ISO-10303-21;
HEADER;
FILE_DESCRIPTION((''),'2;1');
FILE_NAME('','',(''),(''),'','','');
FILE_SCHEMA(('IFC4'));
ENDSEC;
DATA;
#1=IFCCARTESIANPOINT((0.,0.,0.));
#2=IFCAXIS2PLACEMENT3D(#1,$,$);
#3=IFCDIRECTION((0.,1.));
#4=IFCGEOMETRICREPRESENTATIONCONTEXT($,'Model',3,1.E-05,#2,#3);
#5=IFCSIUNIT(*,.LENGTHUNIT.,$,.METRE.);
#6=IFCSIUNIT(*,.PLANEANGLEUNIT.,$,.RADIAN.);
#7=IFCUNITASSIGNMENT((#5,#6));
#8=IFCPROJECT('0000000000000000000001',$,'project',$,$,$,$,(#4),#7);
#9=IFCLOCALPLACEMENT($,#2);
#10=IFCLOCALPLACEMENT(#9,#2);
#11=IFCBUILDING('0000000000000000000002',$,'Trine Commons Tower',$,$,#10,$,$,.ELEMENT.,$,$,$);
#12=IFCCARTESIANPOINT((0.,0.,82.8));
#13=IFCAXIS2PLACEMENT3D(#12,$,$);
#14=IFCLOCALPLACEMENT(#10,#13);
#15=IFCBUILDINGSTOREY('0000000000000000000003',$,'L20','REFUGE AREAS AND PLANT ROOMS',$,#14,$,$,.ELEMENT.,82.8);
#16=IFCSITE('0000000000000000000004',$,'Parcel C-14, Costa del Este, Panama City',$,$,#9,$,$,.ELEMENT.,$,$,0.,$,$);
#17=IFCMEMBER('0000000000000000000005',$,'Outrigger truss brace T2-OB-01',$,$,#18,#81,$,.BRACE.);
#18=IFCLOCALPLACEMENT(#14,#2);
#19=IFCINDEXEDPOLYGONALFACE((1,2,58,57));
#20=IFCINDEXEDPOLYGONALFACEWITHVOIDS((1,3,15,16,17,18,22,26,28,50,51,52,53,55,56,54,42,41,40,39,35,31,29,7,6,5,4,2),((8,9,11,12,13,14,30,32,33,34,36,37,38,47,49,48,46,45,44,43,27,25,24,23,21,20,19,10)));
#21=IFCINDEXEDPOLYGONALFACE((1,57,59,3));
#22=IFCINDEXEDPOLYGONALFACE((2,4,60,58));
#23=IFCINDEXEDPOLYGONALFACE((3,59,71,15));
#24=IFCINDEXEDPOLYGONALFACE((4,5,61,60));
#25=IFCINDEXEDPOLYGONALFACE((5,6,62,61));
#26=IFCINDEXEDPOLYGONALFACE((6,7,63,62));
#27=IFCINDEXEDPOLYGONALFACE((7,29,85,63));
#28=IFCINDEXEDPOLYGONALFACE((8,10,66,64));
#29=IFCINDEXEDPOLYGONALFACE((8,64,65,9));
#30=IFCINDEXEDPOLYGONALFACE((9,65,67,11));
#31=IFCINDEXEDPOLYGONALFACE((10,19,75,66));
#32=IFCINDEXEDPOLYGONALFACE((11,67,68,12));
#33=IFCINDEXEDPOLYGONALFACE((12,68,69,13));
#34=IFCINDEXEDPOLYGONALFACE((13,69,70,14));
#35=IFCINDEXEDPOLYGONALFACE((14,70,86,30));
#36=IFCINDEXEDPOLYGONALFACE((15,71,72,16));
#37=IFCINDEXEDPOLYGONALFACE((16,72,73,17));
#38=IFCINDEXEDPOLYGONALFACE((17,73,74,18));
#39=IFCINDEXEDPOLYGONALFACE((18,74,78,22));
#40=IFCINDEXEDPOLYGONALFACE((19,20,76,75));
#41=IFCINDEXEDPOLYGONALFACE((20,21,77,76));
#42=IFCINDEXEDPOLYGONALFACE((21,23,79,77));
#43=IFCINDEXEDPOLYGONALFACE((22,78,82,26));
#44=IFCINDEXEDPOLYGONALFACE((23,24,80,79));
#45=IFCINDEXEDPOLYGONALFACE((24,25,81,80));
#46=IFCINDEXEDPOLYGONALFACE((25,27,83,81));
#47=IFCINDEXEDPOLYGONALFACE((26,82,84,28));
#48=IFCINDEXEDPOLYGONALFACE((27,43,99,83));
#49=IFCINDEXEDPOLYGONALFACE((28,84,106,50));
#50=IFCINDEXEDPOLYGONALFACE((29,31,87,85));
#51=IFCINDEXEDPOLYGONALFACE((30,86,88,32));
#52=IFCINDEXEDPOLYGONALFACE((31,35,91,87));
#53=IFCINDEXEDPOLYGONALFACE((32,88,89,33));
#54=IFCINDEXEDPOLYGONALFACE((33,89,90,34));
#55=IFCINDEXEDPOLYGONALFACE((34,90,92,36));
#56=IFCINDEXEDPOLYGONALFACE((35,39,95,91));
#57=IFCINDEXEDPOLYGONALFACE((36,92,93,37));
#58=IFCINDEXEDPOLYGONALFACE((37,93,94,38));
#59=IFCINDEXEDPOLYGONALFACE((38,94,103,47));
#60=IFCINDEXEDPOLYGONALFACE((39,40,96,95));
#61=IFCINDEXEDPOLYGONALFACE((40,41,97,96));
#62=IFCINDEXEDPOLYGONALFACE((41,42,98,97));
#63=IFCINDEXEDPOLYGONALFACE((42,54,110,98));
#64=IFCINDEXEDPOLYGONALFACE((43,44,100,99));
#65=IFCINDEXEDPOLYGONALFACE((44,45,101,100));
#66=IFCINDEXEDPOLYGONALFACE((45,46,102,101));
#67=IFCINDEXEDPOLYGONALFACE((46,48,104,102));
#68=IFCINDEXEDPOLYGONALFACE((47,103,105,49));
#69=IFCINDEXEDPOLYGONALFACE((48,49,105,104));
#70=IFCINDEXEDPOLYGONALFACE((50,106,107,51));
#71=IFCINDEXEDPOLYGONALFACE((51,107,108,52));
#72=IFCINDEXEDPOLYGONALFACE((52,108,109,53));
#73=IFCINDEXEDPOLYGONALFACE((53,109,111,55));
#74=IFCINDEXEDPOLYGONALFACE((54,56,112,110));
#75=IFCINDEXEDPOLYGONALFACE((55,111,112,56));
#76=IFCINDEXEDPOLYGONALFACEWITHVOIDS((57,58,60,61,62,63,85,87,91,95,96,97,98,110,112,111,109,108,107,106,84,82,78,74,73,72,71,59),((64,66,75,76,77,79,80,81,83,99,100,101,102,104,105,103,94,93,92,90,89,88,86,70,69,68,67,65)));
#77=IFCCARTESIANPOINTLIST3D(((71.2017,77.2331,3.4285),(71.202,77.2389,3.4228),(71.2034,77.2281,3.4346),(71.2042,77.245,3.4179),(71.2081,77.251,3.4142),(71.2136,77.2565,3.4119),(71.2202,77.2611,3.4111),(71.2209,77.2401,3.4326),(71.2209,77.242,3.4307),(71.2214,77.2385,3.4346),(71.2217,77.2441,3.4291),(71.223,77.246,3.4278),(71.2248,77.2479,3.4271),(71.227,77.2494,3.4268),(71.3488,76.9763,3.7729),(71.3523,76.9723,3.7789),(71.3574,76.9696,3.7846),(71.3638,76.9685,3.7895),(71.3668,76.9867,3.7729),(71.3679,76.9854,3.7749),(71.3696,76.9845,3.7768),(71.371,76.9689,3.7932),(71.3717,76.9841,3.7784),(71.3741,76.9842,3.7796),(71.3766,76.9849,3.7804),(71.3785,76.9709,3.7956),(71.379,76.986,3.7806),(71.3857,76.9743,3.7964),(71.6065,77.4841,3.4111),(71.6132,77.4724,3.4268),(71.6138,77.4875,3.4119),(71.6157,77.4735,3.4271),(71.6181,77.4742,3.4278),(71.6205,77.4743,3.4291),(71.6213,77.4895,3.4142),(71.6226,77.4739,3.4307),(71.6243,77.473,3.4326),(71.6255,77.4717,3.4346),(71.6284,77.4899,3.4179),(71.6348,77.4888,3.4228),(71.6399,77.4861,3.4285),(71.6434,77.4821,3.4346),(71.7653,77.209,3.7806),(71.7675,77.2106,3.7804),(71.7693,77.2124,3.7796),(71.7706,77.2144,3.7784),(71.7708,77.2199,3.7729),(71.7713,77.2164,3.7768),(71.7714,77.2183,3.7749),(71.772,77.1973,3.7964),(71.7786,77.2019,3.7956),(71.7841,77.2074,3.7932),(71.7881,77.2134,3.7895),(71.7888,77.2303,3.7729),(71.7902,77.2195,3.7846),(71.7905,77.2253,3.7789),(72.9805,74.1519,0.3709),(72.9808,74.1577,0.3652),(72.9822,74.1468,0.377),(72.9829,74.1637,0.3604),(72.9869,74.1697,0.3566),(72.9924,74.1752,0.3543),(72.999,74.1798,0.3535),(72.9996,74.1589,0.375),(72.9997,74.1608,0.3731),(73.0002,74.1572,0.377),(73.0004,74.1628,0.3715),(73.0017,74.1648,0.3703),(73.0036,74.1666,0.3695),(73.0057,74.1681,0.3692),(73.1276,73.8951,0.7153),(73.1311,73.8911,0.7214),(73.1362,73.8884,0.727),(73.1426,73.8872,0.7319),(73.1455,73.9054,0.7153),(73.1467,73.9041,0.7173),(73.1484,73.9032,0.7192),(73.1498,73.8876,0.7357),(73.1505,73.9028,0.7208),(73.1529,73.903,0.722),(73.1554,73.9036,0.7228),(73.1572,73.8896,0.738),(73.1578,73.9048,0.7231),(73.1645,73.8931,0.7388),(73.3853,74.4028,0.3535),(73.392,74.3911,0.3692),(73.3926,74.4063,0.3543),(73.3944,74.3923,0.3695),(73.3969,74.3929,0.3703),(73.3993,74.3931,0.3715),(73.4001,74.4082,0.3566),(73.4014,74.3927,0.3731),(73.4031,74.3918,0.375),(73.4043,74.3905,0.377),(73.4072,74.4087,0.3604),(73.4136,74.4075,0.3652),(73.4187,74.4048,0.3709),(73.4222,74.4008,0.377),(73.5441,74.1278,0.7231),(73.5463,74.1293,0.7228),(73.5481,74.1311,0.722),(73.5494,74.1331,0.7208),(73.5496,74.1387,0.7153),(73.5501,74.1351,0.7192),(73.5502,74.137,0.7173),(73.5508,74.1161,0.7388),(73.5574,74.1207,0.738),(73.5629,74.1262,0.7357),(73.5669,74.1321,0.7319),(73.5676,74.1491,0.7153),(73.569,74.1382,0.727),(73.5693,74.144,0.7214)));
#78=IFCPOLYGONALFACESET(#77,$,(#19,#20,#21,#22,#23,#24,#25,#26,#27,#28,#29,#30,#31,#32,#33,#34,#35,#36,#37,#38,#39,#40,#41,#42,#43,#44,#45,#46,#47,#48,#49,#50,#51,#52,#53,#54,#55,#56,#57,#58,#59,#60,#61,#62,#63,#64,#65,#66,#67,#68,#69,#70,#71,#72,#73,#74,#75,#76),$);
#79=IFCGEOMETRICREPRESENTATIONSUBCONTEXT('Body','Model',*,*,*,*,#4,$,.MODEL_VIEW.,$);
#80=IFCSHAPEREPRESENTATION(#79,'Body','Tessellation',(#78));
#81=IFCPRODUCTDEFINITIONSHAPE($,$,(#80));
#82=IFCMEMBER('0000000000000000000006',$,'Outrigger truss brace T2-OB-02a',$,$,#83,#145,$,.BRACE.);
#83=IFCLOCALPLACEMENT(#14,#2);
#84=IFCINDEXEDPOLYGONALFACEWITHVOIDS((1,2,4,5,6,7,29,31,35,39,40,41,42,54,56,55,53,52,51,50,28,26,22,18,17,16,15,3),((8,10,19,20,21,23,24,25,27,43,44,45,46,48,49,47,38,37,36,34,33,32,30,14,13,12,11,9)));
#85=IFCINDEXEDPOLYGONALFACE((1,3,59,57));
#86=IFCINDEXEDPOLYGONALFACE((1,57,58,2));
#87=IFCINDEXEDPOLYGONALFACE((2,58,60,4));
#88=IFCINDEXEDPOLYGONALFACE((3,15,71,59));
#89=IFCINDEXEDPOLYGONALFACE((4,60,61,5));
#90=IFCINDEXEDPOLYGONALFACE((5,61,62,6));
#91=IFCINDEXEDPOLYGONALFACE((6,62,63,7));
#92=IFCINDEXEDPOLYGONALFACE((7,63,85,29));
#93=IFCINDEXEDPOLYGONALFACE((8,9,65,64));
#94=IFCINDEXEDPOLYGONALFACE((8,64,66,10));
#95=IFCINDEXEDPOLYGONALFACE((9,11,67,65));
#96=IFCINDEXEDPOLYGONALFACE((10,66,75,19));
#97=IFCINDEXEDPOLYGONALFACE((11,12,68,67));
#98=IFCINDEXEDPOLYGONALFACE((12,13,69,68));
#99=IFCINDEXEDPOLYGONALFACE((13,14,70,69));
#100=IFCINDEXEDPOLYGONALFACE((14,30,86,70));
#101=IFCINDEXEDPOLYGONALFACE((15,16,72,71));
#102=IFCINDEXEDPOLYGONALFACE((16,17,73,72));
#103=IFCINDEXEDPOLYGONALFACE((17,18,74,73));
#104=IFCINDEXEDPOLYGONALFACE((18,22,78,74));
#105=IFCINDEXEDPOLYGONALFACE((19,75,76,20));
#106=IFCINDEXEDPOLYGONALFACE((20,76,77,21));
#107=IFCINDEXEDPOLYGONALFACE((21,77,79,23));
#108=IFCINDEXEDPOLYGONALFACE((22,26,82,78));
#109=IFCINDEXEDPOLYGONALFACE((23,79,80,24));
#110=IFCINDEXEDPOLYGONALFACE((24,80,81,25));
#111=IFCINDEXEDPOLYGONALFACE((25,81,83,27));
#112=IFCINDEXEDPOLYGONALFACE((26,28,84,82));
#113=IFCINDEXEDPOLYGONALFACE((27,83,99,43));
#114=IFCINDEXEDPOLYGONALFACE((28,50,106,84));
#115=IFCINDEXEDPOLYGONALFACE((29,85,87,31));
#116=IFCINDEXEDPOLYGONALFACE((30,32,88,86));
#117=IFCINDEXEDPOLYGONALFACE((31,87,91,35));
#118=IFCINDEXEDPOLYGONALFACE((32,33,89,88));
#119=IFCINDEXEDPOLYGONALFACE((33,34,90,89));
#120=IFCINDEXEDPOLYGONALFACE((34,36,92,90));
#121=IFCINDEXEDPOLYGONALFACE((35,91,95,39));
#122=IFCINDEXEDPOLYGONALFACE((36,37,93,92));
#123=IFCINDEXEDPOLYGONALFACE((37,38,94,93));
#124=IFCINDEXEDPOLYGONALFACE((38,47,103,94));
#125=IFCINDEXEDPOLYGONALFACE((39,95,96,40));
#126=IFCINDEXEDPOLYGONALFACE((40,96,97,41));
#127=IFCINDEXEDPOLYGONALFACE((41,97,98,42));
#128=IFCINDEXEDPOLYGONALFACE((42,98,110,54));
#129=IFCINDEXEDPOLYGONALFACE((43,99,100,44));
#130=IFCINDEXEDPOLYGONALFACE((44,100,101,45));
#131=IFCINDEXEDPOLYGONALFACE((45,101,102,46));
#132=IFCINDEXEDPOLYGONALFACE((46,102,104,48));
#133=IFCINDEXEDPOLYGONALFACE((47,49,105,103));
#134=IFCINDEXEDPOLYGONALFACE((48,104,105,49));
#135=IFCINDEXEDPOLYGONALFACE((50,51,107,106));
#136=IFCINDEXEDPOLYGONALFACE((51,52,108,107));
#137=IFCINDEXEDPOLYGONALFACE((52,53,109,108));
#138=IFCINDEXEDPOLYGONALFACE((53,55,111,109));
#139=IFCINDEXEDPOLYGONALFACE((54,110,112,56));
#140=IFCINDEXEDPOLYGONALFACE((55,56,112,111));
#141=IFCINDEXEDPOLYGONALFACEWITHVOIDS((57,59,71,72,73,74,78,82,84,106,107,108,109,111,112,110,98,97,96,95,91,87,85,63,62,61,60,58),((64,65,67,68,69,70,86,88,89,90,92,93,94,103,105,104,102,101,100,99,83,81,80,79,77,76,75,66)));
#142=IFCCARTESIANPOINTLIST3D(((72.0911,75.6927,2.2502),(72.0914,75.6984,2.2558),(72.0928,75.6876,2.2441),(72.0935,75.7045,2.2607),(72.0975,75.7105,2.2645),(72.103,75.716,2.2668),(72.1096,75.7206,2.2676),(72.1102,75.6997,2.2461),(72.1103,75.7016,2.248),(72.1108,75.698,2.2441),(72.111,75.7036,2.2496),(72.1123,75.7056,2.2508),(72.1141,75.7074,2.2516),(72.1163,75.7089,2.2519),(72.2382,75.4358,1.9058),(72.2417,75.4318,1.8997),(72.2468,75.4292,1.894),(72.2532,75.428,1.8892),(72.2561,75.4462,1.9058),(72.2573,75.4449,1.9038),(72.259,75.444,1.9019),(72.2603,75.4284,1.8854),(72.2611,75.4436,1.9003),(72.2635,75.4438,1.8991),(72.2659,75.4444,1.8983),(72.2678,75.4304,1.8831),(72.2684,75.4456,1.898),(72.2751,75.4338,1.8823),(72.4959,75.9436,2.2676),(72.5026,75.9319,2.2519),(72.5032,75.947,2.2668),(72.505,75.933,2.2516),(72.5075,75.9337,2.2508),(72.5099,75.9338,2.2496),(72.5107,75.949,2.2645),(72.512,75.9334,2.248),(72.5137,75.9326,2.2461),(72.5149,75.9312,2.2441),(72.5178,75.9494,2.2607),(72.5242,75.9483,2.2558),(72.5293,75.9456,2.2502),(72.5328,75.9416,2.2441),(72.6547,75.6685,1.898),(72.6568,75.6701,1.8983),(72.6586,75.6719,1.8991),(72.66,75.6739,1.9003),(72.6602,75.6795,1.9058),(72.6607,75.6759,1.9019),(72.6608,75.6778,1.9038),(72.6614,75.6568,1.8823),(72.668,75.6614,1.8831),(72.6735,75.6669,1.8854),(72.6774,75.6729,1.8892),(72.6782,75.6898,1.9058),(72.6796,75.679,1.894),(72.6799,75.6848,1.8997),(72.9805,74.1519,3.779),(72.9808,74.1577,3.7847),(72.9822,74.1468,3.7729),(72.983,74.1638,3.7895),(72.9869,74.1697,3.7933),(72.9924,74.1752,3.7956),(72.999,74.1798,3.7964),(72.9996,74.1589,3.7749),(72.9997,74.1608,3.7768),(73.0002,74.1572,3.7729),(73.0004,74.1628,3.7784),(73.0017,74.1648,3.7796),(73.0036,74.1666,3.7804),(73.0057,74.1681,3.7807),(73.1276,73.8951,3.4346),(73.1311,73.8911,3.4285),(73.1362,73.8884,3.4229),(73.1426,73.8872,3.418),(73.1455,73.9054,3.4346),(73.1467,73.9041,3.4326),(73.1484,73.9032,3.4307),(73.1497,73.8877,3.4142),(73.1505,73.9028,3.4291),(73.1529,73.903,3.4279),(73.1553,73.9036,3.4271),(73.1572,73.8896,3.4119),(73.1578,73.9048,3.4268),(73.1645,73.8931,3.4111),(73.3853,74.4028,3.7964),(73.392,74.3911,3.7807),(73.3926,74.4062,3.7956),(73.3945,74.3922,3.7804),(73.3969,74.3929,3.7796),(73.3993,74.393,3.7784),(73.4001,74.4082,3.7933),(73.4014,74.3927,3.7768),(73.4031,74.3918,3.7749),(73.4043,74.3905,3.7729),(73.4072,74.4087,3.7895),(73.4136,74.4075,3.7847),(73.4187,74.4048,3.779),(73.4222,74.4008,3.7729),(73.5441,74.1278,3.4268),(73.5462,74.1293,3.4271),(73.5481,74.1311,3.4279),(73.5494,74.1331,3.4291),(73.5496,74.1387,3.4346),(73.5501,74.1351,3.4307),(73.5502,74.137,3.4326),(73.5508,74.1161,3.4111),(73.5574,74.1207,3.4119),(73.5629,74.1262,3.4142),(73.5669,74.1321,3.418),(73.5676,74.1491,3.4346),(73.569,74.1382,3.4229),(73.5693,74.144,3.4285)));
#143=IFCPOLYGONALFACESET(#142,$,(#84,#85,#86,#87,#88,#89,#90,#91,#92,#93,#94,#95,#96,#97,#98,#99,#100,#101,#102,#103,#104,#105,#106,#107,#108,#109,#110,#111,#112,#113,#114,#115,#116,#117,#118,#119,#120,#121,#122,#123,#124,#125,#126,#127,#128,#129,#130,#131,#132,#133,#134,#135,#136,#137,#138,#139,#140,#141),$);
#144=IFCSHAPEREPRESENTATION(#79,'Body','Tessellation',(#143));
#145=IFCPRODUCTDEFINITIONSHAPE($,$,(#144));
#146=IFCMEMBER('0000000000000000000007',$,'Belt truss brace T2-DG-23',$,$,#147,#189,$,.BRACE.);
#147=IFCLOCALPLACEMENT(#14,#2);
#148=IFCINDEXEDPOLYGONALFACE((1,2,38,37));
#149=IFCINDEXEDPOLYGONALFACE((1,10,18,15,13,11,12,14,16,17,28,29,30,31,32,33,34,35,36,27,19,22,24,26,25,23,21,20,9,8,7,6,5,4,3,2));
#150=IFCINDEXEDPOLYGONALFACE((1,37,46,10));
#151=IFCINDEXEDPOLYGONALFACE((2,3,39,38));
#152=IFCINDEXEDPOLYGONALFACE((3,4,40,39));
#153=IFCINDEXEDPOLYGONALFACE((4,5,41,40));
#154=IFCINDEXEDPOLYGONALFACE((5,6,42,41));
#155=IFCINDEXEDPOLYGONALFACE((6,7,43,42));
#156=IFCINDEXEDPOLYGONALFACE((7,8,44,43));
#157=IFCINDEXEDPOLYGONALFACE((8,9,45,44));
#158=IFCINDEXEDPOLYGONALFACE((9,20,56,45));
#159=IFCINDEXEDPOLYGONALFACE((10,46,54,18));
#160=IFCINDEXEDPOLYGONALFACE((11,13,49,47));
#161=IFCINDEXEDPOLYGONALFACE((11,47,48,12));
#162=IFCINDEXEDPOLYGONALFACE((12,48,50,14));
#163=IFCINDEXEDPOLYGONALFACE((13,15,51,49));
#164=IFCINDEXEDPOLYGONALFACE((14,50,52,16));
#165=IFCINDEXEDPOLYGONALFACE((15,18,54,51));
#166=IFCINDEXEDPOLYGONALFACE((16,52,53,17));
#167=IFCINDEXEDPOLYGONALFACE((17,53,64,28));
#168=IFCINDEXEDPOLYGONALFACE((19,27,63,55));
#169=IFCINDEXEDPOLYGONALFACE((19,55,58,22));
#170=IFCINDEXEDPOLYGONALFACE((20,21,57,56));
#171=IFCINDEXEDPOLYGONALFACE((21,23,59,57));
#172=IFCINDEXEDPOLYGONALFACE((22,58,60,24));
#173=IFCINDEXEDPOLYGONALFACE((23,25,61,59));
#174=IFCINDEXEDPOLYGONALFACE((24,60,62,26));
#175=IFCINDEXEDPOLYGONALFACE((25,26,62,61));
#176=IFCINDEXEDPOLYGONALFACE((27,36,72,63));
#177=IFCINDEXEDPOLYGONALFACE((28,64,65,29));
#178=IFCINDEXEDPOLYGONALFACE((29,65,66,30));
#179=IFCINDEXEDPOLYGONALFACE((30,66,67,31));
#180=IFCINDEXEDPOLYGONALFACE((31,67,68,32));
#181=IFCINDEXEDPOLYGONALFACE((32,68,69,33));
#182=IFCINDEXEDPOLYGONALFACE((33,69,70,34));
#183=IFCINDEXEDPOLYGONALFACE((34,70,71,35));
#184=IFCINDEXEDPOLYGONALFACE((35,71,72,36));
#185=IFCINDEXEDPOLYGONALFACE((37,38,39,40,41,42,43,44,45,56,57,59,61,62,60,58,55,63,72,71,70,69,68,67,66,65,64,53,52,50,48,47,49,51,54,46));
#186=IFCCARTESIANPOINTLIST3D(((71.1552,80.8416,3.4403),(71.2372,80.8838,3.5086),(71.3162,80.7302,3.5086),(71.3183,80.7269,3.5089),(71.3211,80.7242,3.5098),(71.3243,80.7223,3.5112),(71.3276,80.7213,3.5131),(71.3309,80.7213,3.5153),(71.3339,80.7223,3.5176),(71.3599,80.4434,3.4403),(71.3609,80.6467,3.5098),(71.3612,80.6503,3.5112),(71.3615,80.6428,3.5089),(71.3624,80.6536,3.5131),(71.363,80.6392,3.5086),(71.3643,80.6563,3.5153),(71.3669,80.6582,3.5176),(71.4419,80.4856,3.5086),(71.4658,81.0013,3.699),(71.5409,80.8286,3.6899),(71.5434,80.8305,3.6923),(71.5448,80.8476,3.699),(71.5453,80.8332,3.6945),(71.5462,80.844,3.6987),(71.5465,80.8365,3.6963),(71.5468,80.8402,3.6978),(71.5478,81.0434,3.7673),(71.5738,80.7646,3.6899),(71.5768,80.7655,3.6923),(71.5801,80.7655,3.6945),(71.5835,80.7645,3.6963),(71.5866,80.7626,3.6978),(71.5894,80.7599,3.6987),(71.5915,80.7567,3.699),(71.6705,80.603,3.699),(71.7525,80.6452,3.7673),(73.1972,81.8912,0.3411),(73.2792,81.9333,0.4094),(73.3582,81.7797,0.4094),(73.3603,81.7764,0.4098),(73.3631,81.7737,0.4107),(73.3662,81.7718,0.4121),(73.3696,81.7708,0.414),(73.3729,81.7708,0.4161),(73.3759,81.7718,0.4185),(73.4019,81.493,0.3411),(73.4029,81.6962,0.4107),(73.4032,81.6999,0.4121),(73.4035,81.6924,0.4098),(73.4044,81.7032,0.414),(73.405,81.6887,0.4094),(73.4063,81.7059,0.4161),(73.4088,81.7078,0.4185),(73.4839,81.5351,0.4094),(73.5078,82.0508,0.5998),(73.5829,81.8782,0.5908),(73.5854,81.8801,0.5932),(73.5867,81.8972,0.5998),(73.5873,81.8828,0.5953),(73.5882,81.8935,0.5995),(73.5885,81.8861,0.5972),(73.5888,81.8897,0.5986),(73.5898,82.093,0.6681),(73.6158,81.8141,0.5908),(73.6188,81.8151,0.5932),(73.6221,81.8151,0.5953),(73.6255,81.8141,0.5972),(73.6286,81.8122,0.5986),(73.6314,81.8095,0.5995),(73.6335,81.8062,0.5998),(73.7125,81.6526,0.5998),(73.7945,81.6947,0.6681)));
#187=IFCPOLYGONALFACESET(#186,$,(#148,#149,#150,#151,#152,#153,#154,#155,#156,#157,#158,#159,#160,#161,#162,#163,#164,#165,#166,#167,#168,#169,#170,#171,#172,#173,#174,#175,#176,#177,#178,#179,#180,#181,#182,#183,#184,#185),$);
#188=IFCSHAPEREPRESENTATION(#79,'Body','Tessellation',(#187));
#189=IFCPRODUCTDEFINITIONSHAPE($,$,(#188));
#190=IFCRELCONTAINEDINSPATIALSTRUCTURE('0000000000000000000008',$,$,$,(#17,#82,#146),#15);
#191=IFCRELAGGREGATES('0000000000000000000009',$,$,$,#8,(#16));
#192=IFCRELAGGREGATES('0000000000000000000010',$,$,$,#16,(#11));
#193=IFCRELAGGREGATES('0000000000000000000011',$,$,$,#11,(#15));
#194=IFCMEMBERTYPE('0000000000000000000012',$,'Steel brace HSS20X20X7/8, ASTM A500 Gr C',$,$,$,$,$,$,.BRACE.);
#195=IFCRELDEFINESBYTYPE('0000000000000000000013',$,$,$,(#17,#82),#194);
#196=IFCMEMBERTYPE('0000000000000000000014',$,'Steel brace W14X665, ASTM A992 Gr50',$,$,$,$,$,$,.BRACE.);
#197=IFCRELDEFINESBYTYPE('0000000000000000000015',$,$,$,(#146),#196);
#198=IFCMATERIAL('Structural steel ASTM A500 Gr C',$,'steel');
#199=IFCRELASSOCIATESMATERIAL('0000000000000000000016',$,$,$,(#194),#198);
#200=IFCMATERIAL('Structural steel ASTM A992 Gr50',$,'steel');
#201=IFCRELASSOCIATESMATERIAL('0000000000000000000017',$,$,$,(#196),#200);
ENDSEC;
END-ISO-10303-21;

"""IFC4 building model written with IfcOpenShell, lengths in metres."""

from ifc_helpers import new_model, si_unit, direction, frame, origin, origin_2d, place, context, subcontext, project, spatial, hollow_rectangle, i_section, extrude, material, material_profile, profile_set, type_object, element, save


model = new_model("IFC4")

# Units and contexts
model_context = context("Model", 3, precision=1e-05, world=origin(), true_north=direction((0.0, 1.0)))
body_context = subcontext(model_context, "Body", "Model", "MODEL_VIEW")
ifc_project = project(units=[si_unit("LENGTHUNIT", "METRE"), si_unit("PLANEANGLEUNIT", "RADIAN")], contexts=[model_context])

# Site, building, storey
site_placement = place(None, origin())
site = spatial("IfcSite", under=ifc_project, at=site_placement, Name="Parcel C-14, Costa del Este, Panama City", CompositionType="ELEMENT", RefElevation=0.0)
building_placement = place(site_placement, origin())
building = spatial("IfcBuilding", under=site, at=building_placement, Name="Trine Commons Tower", CompositionType="ELEMENT")
storey_placement = place(building_placement, frame((0.0, 0.0, 82.8)))
storey = spatial("IfcBuildingStorey", under=building, at=storey_placement, Name="L20", Description="REFUGE AREAS AND PLANT ROOMS", CompositionType="ELEMENT", Elevation=82.8)

# Members
ifc_material_1 = material(Name="Structural steel ASTM A500 Gr C", Category="steel")
ifc_material_profile_1 = material_profile(ifc_material_1, hollow_rectangle(XDim=0.5081, YDim=0.5081, WallThickness=0.0208, InnerFilletRadius=0.0103, OuterFilletRadius=0.031, at=origin_2d()), Name="HSS20X20X7/8")
ifc_profile_set_1 = profile_set([ifc_material_profile_1], Name="Structural steel ASTM A500 Gr C")
member_type_1 = type_object("IfcMemberType", Name="Steel brace HSS20X20X7/8, ASTM A500 Gr C", PredefinedType="BRACE", material=ifc_profile_set_1)
member_1_placement = place(storey_placement, frame((73.2749, 74.1479, 0.5461), z_axis=(-0.379178, 0.656822, 0.651774), x_axis=(-0.866047, -0.499962, 0.0)))
element("IfcMember", 1, at=member_1_placement, inside=storey, type_object=member_type_1, Name="Outrigger truss brace T2-OB-01", PredefinedType="BRACE", context=body_context, shape_type="SweptSolid", body=[
    extrude(hollow_rectangle(XDim=0.5081, YDim=0.5081, WallThickness=0.0208, InnerFilletRadius=0.0103, OuterFilletRadius=0.031, at=origin_2d()), origin(), (0.0, 0.0, 1.0), 4.6912),
])
member_2_placement = place(storey_placement, frame((73.2749, 74.1479, 3.6038), z_axis=(-0.379165, 0.656851, -0.651752), x_axis=(-0.866064, -0.499932, 0.0)))
element("IfcMember", 2, at=member_2_placement, inside=storey, type_object=member_type_1, Name="Outrigger truss brace T2-OB-02a", PredefinedType="BRACE", context=body_context, shape_type="SweptSolid", body=[
    extrude(hollow_rectangle(XDim=0.5081, YDim=0.5081, WallThickness=0.0208, InnerFilletRadius=0.0103, OuterFilletRadius=0.031, at=origin_2d()), origin(), (0.0, 0.0, 1.0), 2.3457),
])
ifc_material_2 = material(Name="Structural steel ASTM A992 Gr50", Category="steel")
ifc_material_profile_2 = material_profile(ifc_material_2, i_section(OverallWidth=0.4478, OverallDepth=0.5493, WebThickness=0.072, FlangeThickness=0.1147, FilletRadius=0.0151, at=origin_2d()), Name="W14X665")
ifc_profile_set_2 = profile_set([ifc_material_profile_2], Name="Structural steel ASTM A992 Gr50")
member_type_2 = type_object("IfcMemberType", Name="Steel brace W14X665, ASTM A992 Gr50", PredefinedType="BRACE", material=ifc_profile_set_2)
member_3_placement = place(storey_placement, frame((73.4958, 81.793, 0.5046), z_axis=(-0.529435, -0.272124, 0.803521), x_axis=(0.457139, -0.889395, 0.0)))
element("IfcMember", 3, at=member_3_placement, inside=storey, type_object=member_type_2, Name="Belt truss brace T2-DG-23", PredefinedType="BRACE", context=body_context, shape_type="SweptSolid", body=[
    extrude(i_section(OverallWidth=0.4478, OverallDepth=0.5493, WebThickness=0.072, FlangeThickness=0.1147, FilletRadius=0.0151, at=origin_2d()), origin(), (0.0, 0.0, 1.0), 3.8569),
])

save(model, "model.ifc")
